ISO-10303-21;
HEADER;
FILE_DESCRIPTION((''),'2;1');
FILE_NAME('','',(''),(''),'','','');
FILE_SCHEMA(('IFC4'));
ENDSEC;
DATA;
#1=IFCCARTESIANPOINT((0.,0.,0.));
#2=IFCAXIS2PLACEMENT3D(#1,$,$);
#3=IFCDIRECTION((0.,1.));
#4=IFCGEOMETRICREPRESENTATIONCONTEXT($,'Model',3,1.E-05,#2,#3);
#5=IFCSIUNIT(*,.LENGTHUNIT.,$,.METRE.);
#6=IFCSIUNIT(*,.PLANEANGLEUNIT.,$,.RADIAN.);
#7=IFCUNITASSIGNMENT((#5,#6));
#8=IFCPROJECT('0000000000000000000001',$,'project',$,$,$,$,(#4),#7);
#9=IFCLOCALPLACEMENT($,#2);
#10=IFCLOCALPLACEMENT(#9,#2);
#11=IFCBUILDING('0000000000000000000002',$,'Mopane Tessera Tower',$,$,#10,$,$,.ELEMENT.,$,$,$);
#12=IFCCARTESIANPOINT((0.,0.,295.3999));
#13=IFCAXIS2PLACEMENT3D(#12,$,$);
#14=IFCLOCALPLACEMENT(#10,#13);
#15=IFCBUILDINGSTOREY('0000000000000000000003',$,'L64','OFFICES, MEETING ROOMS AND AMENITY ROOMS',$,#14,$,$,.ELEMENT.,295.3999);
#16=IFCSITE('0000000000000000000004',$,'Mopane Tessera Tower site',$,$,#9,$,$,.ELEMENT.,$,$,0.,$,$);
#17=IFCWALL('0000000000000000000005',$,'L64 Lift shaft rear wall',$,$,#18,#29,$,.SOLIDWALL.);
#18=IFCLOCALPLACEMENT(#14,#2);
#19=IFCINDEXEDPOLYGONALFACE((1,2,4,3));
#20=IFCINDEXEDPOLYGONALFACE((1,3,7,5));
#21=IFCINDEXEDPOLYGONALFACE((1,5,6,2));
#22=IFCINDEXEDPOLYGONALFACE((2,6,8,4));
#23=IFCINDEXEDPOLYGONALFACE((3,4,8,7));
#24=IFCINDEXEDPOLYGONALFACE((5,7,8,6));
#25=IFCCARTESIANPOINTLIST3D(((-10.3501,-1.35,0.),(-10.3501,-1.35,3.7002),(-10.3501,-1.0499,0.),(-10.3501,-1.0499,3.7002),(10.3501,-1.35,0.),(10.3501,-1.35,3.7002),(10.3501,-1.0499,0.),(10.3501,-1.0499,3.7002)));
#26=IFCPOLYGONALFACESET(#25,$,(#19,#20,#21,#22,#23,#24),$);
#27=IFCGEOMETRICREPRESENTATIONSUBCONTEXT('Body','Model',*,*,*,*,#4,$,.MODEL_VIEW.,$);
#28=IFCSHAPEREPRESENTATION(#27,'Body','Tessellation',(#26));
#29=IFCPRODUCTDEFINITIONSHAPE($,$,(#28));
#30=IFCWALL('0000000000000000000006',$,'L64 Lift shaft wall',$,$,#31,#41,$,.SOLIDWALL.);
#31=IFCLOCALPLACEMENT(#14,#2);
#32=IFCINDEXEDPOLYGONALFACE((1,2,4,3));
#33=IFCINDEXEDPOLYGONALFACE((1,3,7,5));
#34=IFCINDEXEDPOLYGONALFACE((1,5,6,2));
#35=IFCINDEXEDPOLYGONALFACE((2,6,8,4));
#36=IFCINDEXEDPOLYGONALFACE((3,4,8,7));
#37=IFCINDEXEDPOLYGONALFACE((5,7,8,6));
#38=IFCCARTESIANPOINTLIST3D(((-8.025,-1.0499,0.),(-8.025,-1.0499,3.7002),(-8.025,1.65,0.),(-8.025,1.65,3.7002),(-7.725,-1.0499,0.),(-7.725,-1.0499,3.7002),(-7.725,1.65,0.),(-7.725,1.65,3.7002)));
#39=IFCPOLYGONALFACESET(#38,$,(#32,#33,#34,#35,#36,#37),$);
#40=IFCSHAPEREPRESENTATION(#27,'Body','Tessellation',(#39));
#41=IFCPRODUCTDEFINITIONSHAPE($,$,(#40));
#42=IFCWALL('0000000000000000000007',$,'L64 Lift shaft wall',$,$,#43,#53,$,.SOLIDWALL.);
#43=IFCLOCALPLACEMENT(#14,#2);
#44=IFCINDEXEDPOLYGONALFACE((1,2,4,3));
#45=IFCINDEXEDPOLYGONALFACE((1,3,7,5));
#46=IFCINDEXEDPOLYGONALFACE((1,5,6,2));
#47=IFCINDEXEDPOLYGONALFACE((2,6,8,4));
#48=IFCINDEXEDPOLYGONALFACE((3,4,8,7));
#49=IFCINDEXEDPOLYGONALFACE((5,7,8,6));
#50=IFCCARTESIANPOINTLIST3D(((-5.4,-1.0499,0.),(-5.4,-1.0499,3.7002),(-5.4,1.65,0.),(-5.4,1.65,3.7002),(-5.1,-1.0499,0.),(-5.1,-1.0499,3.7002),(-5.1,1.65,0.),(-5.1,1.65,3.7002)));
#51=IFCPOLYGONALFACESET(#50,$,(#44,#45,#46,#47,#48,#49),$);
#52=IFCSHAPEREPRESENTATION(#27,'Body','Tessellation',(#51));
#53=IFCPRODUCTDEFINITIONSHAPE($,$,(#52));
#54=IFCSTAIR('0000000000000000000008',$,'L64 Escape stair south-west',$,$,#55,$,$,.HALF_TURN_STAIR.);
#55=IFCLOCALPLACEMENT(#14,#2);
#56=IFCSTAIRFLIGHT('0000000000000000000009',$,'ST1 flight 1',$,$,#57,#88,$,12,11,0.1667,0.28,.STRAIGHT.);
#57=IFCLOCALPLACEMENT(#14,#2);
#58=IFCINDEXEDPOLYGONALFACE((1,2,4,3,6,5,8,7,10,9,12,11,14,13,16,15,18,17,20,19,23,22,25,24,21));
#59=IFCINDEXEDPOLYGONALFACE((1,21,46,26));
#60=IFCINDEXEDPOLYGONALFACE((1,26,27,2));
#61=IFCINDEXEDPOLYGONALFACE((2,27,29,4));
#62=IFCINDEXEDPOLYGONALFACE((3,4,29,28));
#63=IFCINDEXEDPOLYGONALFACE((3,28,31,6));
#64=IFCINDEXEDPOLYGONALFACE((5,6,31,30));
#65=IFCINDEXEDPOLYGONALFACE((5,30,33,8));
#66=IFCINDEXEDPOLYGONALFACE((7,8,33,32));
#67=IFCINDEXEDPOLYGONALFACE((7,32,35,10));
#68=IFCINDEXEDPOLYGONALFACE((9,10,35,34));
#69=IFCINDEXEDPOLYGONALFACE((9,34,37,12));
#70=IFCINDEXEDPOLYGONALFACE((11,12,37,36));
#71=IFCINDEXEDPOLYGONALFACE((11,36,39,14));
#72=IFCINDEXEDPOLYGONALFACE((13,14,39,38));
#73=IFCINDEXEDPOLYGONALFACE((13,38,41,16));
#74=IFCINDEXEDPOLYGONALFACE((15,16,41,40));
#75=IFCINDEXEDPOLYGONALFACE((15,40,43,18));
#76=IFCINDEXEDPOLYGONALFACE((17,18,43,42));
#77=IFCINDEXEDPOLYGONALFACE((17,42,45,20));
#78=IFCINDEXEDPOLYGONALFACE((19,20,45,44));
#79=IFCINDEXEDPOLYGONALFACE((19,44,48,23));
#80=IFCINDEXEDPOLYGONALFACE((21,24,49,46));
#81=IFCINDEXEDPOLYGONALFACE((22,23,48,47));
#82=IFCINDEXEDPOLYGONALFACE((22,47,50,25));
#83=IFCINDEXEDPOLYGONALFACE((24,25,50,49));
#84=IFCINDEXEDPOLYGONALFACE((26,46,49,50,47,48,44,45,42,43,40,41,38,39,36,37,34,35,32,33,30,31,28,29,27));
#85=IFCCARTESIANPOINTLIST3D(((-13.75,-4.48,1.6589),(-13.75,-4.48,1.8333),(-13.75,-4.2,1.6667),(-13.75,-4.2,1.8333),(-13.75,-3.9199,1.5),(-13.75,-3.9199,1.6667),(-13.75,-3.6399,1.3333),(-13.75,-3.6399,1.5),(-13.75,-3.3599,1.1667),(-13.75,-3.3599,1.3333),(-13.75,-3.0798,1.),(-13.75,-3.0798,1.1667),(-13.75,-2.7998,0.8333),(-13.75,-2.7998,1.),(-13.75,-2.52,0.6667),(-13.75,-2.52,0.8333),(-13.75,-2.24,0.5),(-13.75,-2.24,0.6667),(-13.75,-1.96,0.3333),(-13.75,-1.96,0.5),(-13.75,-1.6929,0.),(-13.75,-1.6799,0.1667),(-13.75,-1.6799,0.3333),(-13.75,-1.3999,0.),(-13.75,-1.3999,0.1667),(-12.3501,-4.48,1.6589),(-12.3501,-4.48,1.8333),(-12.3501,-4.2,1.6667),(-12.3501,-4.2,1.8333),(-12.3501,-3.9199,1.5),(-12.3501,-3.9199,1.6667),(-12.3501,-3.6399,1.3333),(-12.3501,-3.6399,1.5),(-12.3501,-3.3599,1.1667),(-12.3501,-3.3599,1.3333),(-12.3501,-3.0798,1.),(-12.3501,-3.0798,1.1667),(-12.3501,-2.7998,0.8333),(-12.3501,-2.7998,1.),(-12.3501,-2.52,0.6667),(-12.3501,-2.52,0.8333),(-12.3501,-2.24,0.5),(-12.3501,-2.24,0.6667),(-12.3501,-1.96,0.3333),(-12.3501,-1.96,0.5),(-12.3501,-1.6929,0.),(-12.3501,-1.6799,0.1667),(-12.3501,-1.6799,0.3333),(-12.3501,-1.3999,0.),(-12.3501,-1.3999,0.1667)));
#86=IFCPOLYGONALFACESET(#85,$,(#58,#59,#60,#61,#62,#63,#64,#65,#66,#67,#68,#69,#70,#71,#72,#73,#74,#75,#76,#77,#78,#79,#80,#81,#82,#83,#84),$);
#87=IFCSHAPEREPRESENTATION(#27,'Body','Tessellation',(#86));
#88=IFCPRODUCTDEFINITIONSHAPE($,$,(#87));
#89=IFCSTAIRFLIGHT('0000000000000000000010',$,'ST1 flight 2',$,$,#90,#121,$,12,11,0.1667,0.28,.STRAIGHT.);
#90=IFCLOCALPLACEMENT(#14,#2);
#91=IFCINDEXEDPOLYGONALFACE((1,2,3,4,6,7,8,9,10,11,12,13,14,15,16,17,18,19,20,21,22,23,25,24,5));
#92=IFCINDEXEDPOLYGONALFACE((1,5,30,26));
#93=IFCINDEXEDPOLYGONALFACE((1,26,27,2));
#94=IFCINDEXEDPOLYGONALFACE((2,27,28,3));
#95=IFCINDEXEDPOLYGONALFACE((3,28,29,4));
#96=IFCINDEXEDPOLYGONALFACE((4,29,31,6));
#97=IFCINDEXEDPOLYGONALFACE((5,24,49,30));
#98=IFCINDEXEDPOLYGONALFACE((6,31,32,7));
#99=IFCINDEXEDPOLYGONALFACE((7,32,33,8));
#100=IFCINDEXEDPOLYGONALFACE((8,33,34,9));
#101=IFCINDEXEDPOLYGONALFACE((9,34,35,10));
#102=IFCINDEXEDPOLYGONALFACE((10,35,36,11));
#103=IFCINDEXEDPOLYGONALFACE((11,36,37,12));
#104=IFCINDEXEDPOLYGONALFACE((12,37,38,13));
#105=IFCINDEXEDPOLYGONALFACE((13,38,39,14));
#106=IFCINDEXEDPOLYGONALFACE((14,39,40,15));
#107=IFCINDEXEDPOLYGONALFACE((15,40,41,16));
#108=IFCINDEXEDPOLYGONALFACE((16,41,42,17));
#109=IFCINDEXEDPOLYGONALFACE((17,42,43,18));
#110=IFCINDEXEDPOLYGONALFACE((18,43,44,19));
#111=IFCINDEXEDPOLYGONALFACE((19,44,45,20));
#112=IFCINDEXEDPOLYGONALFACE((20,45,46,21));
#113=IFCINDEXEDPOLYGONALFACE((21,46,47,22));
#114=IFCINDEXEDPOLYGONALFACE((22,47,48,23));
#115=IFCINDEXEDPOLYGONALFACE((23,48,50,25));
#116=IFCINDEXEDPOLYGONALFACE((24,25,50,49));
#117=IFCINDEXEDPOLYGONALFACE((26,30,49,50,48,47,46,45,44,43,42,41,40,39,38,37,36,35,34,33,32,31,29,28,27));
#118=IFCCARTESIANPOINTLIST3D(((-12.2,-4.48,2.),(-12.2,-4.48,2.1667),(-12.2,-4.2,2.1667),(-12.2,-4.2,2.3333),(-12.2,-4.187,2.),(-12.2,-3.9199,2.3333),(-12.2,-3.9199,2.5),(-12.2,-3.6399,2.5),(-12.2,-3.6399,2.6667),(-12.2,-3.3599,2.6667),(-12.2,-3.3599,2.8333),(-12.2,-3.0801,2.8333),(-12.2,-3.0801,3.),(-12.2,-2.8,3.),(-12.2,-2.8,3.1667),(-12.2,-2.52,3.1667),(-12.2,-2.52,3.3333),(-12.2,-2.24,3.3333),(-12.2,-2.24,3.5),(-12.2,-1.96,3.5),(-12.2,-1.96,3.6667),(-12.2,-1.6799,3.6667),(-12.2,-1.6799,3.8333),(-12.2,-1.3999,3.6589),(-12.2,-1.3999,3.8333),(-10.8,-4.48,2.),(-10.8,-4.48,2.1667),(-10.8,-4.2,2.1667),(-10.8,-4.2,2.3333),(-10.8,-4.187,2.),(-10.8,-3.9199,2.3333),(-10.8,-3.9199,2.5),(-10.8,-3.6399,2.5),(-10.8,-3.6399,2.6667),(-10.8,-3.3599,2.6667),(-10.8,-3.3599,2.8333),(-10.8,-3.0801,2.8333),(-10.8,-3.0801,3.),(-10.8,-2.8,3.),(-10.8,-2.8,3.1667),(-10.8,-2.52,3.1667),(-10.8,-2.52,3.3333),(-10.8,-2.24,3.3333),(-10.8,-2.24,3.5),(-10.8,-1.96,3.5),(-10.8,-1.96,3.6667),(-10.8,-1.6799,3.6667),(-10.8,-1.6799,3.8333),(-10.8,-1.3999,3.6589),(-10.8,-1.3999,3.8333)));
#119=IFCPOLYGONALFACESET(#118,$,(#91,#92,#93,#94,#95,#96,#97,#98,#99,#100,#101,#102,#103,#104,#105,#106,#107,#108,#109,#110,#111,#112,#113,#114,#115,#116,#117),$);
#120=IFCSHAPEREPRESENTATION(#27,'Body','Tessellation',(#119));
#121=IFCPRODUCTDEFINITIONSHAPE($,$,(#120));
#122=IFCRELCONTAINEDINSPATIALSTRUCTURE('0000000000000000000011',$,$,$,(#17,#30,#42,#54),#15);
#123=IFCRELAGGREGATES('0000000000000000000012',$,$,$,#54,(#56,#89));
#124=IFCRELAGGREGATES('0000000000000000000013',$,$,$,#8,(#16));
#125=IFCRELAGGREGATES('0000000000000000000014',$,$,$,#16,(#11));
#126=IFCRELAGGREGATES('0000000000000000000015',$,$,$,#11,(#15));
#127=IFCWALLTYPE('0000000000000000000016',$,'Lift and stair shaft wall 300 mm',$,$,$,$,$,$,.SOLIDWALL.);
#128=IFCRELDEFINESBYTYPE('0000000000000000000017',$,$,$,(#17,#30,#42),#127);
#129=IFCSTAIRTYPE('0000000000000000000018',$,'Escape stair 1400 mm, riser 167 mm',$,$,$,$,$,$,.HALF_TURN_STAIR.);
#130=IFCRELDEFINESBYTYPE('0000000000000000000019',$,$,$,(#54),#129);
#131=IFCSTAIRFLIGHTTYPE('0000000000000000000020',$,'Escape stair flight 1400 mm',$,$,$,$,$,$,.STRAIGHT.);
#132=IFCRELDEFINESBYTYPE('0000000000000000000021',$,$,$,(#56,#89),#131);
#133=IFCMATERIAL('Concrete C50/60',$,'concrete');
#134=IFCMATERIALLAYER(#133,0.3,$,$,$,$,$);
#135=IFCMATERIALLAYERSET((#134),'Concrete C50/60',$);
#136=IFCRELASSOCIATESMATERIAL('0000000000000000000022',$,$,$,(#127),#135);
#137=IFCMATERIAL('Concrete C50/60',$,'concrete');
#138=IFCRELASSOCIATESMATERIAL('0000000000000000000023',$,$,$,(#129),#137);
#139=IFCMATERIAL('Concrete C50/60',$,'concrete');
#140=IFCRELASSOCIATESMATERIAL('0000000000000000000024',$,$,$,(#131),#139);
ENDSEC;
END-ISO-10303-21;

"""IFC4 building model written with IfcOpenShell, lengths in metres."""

from ifc_helpers import new_model, si_unit, direction, frame, frame_2d, origin, place, context, subcontext, project, spatial, polyline, rectangle, outline, extrude, material, layer, layer_set, type_object, element, aggregate, save


model = new_model("IFC4")

# Units and contexts
model_context = context("Model", 3, precision=1e-05, world=origin(), true_north=direction((0.0, 1.0)))
body_context = subcontext(model_context, "Body", "Model", "MODEL_VIEW")
ifc_project = project(units=[si_unit("LENGTHUNIT", "METRE"), si_unit("PLANEANGLEUNIT", "RADIAN")], contexts=[model_context])

# Site, building, storey
site_placement = place(None, origin())
site = spatial("IfcSite", under=ifc_project, at=site_placement, Name="Mopane Tessera Tower site", CompositionType="ELEMENT", RefElevation=0.0)
building_placement = place(site_placement, origin())
building = spatial("IfcBuilding", under=site, at=building_placement, Name="Mopane Tessera Tower", CompositionType="ELEMENT")
storey_placement = place(building_placement, frame((0.0, 0.0, 295.3999)))
storey = spatial("IfcBuildingStorey", under=building, at=storey_placement, Name="L64", Description="OFFICES, MEETING ROOMS AND AMENITY ROOMS", CompositionType="ELEMENT", Elevation=295.3999)

# Walls
ifc_material_1 = material(Name="Concrete C50/60", Category="concrete")
ifc_layer_1 = layer(ifc_material_1, 0.3)
ifc_layer_set_1 = layer_set([ifc_layer_1], Name="Concrete C50/60")
wall_type_1 = type_object("IfcWallType", Name="Lift and stair shaft wall 300 mm", PredefinedType="SOLIDWALL", material=ifc_layer_set_1)
wall_1_placement = place(storey_placement, frame((-10.3501, -1.2, 0.0), z_axis=(0.0, 0.0, 1.0), x_axis=(1.0, 0.0, 0.0)))
element("IfcWall", 1, at=wall_1_placement, inside=storey, type_object=wall_type_1, Name="L64 Lift shaft rear wall", PredefinedType="SOLIDWALL", context=body_context, shape_type="SweptSolid", body=[
    extrude(rectangle(XDim=20.7002, YDim=0.3, at=frame_2d((10.3501, 0.0))), origin(), (0.0, 0.0, 1.0), 3.7002),
])
for number, where, z_axis, x_axis, name in (
    (2, (-7.875, -1.05, 0.0), (0.0, 0.0, 1.0), (0.0, 1.0, 0.0), "L64 Lift shaft wall"),
    (3, (-5.25, -1.05, 0.0), (0.0, 0.0, 1.0), (0.0, 1.0, 0.0), "L64 Lift shaft wall"),
):
    element("IfcWall", number, at=place(storey_placement, frame(where, z_axis=z_axis, x_axis=x_axis)), inside=storey, type_object=wall_type_1, Name=name, PredefinedType="SOLIDWALL", context=body_context, shape_type="SweptSolid", body=[
        extrude(rectangle(XDim=2.7, YDim=0.3, at=frame_2d((1.3501, 0.0))), origin(), (0.0, 0.0, 1.0), 3.7002),
    ])

# Stair, stair flights
ifc_material_2 = material(Name="Concrete C50/60", Category="concrete")
stair_type = type_object("IfcStairType", Name="Escape stair 1400 mm, riser 167 mm", PredefinedType="HALF_TURN_STAIR", material=ifc_material_2)
stair_placement = place(storey_placement, origin())
stair = element("IfcStair", 4, at=stair_placement, inside=storey, type_object=stair_type, Name="L64 Escape stair south-west", PredefinedType="HALF_TURN_STAIR")
ifc_material_3 = material(Name="Concrete C50/60", Category="concrete")
stair_flight_type = type_object("IfcStairFlightType", Name="Escape stair flight 1400 mm", PredefinedType="STRAIGHT", material=ifc_material_3)
stair_flight_1_placement = place(storey_placement, frame((-13.05, -1.3999, 0.0), z_axis=(0.0, 0.0, 1.0), x_axis=(0.0, -1.0, 0.0)))
stair_flight_1 = element("IfcStairFlight", 5, at=stair_flight_1_placement, type_object=stair_flight_type, Name="ST1 flight 1", NumberOfRisers=12, NumberOfTreads=11, PredefinedType="STRAIGHT", RiserHeight=0.1667, TreadLength=0.28, context=body_context, shape_type="SweptSolid", body=[
    extrude(outline(polyline([(0.0, 0.0), (0.0, 0.1667), (0.28, 0.1667), (0.28, 0.3333), (0.5601, 0.3333), (0.5601, 0.5), (0.8401, 0.5), (0.8401, 0.6667), (1.1201, 0.6667), (1.1201, 0.8333), (1.3999, 0.8333), (1.3999, 1.0), (1.6799, 1.0), (1.6799, 1.1667), (1.96, 1.1667), (1.96, 1.3333), (2.24, 1.3333), (2.24, 1.5), (2.52, 1.5), (2.52, 1.6667), (2.8, 1.6667), (2.8, 1.8333), (3.0801, 1.8333), (3.0801, 2.0), (3.0801, 1.6589), (0.293, 0.0), (0.0, 0.0)])), frame((0.0, 0.7, 0.0), z_axis=(0.0, -1.0, 0.0), x_axis=(1.0, 0.0, 0.0)), (0.0, 0.0, 1.0), 1.3999),
])
stair_flight_2_placement = place(storey_placement, frame((-11.5, -4.48, 2.0), z_axis=(0.0, 0.0, 1.0), x_axis=(0.0, 1.0, 0.0)))
stair_flight_2 = element("IfcStairFlight", 6, at=stair_flight_2_placement, type_object=stair_flight_type, Name="ST1 flight 2", NumberOfRisers=12, NumberOfTreads=11, PredefinedType="STRAIGHT", RiserHeight=0.1667, TreadLength=0.28, context=body_context, shape_type="SweptSolid", body=[
    extrude(outline(polyline([(0.0, 0.0), (0.0, 0.1667), (0.28, 0.1667), (0.28, 0.3333), (0.5601, 0.3333), (0.5601, 0.5), (0.8401, 0.5), (0.8401, 0.6667), (1.1201, 0.6667), (1.1201, 0.8333), (1.3999, 0.8333), (1.3999, 1.0), (1.6799, 1.0), (1.6799, 1.1667), (1.96, 1.1667), (1.96, 1.3333), (2.24, 1.3333), (2.24, 1.5), (2.52, 1.5), (2.52, 1.6667), (2.8, 1.6667), (2.8, 1.8333), (3.0801, 1.8333), (3.0801, 2.0), (3.0801, 1.6589), (0.293, 0.0), (0.0, 0.0)])), frame((0.0, 0.7, 0.0), z_axis=(0.0, -1.0, 0.0), x_axis=(1.0, 0.0, 0.0)), (0.0, 0.0, 1.0), 1.3999),
])
aggregate(stair, [stair_flight_1, stair_flight_2])

save(model, "model.ifc")
